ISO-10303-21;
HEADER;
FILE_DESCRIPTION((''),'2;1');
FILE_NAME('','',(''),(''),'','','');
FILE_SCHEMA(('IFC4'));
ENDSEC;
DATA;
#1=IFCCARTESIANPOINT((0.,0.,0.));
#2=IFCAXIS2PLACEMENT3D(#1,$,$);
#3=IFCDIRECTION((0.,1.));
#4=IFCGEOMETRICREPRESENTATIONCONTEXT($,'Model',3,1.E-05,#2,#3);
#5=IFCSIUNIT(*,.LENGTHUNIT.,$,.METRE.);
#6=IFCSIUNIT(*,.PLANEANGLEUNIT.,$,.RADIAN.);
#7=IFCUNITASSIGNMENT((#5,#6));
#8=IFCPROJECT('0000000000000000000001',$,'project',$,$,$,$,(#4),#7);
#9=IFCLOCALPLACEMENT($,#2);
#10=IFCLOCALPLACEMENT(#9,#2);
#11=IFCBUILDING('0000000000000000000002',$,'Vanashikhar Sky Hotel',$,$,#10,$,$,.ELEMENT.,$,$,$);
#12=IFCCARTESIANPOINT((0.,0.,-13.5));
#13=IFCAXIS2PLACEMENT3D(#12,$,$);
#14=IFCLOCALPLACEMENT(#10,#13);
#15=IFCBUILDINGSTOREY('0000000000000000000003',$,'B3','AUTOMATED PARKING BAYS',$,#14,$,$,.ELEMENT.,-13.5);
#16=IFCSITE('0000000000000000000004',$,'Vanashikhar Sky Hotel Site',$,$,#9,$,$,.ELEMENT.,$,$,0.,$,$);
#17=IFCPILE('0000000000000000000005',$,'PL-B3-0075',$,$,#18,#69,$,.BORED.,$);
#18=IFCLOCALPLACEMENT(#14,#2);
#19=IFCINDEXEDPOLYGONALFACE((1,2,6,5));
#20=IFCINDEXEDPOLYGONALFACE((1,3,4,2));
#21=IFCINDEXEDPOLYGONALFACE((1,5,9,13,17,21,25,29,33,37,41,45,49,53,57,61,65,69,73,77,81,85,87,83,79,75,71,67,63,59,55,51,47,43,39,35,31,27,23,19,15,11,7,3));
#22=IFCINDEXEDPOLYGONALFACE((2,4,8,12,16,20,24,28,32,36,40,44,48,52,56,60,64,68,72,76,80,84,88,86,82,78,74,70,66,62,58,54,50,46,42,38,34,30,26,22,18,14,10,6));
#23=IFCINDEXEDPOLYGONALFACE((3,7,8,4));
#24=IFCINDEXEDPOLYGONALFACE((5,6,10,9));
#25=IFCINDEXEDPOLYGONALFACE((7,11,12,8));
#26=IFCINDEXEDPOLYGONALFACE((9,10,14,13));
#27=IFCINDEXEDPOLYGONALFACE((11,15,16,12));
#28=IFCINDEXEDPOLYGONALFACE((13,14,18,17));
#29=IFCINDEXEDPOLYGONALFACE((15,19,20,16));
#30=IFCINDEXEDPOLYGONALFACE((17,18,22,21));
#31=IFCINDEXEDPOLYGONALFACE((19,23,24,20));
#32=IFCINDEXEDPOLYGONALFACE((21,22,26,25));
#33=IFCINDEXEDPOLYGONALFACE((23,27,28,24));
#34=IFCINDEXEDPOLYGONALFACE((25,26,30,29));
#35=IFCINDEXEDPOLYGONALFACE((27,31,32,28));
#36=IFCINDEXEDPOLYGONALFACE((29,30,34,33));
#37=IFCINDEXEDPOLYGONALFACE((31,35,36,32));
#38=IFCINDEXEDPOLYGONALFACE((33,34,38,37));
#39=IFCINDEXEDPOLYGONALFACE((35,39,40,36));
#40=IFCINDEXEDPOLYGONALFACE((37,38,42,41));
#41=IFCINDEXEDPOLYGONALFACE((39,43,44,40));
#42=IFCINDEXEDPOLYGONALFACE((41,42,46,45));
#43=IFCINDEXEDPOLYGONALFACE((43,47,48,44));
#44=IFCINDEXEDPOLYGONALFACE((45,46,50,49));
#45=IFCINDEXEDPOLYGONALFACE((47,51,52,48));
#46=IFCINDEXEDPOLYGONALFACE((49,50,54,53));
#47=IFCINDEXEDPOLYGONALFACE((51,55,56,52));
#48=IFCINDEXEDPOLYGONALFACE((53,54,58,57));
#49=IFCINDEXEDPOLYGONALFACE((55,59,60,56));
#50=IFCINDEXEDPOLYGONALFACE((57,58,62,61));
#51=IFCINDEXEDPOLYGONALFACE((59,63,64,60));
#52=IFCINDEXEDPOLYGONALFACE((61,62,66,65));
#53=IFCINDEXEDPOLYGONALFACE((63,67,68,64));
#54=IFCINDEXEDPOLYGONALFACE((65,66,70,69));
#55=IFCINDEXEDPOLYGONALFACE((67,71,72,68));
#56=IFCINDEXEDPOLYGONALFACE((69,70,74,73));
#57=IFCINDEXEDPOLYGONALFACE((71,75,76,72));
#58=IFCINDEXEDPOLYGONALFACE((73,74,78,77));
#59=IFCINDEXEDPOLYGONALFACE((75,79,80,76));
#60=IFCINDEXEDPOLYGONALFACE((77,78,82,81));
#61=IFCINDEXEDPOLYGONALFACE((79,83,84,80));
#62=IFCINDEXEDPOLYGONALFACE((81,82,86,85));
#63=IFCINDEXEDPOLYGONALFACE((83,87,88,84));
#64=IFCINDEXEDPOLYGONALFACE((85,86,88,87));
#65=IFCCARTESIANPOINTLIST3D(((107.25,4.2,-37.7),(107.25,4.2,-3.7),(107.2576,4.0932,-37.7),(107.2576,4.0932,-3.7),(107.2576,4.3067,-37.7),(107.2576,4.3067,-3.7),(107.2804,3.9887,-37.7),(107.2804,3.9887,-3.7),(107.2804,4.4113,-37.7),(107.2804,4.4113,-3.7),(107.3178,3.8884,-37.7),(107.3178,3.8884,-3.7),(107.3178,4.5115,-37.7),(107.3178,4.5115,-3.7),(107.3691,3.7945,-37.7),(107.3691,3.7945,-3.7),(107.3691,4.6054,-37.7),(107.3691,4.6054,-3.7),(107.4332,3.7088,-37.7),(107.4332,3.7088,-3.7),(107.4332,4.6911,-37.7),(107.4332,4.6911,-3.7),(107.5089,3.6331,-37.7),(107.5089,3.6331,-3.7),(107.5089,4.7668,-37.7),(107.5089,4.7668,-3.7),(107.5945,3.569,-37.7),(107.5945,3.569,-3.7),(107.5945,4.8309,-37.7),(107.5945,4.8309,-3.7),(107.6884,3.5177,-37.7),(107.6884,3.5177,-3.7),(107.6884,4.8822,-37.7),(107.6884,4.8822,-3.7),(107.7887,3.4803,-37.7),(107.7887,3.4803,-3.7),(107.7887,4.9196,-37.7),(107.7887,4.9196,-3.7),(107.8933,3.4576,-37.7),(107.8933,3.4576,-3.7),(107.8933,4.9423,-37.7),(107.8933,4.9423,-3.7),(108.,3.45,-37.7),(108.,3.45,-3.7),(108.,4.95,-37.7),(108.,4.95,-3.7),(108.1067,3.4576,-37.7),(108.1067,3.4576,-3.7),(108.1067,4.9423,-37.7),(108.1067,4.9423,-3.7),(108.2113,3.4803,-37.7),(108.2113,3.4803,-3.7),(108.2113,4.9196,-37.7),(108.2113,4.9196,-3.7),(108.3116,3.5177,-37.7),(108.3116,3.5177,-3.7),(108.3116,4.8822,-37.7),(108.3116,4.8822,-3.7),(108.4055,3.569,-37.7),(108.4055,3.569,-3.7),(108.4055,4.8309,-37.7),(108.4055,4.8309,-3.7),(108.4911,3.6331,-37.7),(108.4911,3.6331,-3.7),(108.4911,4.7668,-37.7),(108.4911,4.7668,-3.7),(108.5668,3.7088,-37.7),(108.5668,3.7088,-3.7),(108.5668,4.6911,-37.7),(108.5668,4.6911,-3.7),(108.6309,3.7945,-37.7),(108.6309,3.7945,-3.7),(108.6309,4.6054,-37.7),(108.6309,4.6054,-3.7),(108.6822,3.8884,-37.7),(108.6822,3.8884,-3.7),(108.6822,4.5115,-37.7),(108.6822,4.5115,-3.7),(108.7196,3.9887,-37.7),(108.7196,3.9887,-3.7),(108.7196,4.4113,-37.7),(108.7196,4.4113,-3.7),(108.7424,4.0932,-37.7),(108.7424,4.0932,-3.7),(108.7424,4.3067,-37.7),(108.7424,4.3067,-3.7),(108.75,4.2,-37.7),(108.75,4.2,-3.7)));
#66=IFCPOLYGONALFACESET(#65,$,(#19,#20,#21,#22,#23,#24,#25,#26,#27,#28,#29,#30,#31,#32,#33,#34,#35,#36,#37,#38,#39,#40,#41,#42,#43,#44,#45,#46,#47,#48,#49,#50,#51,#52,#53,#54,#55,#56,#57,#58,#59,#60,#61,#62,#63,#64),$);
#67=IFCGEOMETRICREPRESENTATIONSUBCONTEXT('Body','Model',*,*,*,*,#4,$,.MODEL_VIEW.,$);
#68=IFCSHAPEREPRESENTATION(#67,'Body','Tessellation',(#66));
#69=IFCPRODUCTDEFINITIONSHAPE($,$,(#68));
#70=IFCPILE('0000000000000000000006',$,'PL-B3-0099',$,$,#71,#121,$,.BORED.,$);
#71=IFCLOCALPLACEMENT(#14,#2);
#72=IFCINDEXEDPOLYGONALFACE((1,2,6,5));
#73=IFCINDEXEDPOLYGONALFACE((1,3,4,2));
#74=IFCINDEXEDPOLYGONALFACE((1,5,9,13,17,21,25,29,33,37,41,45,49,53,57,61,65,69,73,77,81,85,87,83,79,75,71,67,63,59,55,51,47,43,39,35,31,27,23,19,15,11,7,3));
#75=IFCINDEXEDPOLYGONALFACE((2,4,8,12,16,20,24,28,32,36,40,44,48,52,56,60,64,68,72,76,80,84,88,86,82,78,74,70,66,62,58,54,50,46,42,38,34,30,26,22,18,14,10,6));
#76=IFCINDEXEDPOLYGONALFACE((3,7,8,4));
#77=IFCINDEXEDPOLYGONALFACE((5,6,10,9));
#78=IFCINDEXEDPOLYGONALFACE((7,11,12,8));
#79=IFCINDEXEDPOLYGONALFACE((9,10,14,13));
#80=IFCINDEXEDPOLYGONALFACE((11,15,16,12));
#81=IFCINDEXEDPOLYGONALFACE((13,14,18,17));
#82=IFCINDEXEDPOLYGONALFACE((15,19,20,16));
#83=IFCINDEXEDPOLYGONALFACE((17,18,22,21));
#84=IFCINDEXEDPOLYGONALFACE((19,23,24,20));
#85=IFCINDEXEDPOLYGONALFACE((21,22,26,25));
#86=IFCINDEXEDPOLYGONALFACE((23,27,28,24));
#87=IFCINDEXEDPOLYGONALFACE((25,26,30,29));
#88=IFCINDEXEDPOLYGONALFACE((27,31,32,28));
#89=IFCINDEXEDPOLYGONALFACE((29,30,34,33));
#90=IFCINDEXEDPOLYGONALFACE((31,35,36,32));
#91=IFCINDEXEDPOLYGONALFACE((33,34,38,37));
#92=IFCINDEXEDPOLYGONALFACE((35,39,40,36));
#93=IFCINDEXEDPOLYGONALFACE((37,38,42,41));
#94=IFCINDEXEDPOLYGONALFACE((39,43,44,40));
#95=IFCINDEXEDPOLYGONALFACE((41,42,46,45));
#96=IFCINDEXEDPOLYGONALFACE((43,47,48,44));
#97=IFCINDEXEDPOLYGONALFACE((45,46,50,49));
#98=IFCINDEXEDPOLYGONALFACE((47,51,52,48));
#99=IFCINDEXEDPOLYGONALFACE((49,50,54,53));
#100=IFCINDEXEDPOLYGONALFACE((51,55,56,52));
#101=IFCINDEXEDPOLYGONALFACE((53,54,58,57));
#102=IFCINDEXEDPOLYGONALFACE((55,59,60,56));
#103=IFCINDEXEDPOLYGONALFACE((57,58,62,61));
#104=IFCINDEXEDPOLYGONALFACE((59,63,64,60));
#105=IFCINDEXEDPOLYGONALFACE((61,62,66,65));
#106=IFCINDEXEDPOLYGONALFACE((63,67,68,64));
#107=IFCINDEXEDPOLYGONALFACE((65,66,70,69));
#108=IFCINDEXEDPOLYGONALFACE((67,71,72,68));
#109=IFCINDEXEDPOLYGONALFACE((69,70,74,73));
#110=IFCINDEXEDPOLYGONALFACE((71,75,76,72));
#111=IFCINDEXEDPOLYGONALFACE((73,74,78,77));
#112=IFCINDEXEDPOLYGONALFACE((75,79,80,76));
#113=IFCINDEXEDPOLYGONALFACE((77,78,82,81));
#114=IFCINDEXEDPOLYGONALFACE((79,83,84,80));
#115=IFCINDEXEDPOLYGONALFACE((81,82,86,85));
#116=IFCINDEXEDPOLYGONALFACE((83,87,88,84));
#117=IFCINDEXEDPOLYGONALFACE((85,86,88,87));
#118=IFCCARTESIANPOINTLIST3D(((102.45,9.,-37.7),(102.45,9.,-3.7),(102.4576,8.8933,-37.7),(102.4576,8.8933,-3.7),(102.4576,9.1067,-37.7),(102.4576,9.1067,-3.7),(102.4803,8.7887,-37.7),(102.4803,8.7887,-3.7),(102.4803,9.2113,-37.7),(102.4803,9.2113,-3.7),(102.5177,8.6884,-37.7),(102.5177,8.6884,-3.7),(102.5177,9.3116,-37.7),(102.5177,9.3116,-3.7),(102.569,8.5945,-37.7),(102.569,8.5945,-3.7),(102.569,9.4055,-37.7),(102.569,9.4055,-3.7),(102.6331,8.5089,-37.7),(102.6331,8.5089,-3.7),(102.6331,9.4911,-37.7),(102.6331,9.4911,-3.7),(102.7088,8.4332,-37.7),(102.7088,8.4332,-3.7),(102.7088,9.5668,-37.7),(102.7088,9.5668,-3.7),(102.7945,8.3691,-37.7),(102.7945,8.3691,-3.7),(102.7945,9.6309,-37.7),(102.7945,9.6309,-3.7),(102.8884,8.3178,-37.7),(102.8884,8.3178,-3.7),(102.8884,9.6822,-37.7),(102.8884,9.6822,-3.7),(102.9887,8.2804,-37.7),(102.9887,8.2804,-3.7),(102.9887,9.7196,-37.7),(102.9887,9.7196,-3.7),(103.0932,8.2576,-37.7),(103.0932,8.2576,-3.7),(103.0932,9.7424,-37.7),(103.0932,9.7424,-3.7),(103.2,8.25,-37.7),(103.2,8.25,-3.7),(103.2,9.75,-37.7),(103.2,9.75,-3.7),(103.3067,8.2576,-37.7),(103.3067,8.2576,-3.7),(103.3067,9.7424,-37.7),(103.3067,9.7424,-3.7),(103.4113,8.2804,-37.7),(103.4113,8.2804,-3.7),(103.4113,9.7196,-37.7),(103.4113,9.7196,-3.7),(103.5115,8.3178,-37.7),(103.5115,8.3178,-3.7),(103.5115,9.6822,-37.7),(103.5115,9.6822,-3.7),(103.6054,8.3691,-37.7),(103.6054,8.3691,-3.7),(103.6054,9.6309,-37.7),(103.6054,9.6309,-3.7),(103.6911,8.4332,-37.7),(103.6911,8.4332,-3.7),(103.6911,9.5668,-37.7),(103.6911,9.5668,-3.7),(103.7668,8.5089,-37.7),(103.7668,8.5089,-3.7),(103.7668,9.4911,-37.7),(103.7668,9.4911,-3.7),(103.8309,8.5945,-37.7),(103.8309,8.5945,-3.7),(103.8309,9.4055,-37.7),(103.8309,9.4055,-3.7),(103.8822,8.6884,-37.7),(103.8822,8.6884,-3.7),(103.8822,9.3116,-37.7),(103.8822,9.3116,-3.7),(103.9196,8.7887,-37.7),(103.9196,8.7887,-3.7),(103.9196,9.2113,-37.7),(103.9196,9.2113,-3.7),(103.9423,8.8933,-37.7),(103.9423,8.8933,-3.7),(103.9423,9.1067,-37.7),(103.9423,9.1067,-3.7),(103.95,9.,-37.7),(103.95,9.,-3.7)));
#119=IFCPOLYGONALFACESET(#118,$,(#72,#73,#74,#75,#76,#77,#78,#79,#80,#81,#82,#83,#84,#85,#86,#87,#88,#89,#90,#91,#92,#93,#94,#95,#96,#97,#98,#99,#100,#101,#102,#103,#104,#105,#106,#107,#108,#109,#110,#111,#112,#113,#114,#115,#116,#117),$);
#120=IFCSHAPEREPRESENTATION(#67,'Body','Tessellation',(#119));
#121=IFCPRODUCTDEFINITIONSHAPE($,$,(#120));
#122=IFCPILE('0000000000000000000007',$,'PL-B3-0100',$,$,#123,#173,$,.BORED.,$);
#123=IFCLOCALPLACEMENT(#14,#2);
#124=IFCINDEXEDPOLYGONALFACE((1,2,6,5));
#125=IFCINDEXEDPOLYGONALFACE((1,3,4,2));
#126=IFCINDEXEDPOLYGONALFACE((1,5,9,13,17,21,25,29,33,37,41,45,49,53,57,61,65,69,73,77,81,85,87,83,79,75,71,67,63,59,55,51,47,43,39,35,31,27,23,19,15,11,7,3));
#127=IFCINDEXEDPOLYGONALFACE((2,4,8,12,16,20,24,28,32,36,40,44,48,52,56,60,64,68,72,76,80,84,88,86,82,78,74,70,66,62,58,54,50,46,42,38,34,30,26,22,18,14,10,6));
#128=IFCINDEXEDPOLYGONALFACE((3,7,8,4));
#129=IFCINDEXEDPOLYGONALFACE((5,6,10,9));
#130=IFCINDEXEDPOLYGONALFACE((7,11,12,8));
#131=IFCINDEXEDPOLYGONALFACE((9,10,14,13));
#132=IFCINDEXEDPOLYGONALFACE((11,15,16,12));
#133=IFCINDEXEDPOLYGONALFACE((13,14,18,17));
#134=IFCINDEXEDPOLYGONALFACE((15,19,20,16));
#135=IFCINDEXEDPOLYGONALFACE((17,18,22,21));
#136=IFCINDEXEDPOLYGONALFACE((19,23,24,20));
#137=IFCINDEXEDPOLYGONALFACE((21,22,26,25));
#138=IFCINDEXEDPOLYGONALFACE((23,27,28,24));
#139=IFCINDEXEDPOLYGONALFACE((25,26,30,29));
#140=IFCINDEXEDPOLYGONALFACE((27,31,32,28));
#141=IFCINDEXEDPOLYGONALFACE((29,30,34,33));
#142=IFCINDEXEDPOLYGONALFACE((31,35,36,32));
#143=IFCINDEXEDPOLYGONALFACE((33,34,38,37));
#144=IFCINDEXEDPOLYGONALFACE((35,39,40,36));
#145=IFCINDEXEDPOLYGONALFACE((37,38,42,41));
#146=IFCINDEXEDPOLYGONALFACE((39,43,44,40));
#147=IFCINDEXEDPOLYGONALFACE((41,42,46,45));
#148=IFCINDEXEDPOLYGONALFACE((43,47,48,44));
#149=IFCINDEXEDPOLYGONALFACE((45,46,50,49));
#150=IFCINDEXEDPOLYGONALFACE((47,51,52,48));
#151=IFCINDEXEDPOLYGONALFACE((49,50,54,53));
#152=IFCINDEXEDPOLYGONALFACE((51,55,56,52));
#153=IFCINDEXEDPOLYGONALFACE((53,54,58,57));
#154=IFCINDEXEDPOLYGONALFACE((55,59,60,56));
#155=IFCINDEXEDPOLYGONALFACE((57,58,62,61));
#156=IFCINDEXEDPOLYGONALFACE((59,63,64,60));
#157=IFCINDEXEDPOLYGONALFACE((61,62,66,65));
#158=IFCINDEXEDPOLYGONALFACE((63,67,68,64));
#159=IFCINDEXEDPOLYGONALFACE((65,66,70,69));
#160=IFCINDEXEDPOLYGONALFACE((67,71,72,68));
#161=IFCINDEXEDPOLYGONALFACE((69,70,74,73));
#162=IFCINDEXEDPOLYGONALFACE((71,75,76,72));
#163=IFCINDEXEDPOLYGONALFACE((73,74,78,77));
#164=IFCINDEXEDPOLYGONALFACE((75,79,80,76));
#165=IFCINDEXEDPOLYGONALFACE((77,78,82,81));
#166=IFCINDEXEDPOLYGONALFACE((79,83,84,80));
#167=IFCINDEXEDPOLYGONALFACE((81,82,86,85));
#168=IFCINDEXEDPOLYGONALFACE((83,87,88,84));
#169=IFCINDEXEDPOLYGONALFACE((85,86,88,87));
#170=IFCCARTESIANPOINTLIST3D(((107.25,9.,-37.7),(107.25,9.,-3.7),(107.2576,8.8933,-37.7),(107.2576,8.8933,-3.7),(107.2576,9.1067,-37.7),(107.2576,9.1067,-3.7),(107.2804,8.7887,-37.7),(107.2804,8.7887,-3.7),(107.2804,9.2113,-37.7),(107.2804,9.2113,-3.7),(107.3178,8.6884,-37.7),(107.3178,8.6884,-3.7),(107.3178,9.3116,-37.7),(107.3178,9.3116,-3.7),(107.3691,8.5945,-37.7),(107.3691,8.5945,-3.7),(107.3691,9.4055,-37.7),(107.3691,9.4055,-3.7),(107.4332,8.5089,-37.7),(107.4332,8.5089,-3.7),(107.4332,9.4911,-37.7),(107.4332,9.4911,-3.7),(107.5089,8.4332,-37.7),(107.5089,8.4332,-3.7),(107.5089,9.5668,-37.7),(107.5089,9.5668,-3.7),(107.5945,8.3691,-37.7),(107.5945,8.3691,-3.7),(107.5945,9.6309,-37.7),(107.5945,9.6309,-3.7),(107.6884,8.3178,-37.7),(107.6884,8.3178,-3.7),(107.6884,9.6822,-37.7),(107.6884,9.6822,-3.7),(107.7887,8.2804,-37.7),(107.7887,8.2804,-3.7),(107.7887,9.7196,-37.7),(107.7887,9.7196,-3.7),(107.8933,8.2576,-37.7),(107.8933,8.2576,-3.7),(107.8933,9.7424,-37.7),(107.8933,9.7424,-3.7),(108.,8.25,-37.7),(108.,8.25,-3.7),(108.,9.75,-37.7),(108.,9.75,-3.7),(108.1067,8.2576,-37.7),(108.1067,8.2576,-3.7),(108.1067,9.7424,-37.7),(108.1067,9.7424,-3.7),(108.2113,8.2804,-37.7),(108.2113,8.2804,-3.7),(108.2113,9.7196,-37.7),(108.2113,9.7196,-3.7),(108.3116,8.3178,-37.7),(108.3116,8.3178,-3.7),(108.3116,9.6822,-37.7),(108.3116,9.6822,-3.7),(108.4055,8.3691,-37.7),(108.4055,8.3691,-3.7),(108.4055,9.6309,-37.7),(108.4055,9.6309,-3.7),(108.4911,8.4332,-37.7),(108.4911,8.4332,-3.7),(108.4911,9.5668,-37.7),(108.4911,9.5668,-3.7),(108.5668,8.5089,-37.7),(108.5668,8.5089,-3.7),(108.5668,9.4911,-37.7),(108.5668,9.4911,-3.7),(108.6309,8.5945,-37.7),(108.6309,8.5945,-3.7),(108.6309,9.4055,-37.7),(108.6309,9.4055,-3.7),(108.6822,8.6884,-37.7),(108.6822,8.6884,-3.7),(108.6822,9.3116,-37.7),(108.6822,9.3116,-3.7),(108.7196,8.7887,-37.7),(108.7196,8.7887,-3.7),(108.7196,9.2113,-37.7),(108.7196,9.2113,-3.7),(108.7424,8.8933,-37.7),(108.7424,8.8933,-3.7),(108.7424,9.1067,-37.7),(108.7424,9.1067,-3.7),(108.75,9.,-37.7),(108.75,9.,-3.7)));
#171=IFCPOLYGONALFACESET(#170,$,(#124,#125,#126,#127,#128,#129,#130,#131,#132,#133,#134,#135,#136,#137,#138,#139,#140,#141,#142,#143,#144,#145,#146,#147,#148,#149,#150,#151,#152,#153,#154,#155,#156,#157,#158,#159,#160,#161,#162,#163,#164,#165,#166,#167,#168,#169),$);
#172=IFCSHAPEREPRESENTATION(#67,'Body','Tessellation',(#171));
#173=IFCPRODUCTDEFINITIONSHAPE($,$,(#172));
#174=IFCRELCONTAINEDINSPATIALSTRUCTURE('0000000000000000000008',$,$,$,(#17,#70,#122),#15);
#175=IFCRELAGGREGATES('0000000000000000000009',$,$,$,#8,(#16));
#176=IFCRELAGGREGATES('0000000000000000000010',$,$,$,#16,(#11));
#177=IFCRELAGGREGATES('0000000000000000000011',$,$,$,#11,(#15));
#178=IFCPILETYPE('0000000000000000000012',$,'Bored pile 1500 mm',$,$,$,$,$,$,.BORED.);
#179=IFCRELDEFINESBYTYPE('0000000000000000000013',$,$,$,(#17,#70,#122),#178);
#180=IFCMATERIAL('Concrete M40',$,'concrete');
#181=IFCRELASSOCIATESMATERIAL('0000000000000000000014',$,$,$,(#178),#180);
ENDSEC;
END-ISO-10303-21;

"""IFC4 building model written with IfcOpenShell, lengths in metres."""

from ifc_helpers import new_model, si_unit, direction, frame, origin, origin_2d, place, context, subcontext, project, spatial, circle, extrude, source, transform, mapped, material, type_object, element, save


model = new_model("IFC4")

# Units and contexts
model_context = context("Model", 3, precision=1e-05, world=origin(), true_north=direction((0.0, 1.0)))
body_context = subcontext(model_context, "Body", "Model", "MODEL_VIEW")
ifc_project = project(units=[si_unit("LENGTHUNIT", "METRE"), si_unit("PLANEANGLEUNIT", "RADIAN")], contexts=[model_context])

# Site, building, storey
site_placement = place(None, origin())
site = spatial("IfcSite", under=ifc_project, at=site_placement, Name="Vanashikhar Sky Hotel Site", CompositionType="ELEMENT", RefElevation=0.0)
building_placement = place(site_placement, origin())
building = spatial("IfcBuilding", under=site, at=building_placement, Name="Vanashikhar Sky Hotel", CompositionType="ELEMENT")
storey_placement = place(building_placement, frame((0.0, 0.0, -13.5)))
storey = spatial("IfcBuildingStorey", under=building, at=storey_placement, Name="B3", Description="AUTOMATED PARKING BAYS", CompositionType="ELEMENT", Elevation=-13.5)

# Piles
ifc_material_1 = material(Name="Concrete M40", Category="concrete")
pile_type_1 = type_object("IfcPileType", Name="Bored pile 1500 mm", PredefinedType="BORED", material=ifc_material_1)
shared_shape_1 = source(origin(), body_context, "Body", "SweptSolid", [
    extrude(circle(Radius=0.75, at=origin_2d()), origin(), (0.0, 0.0, 1.0), 34.0),
])
for number, where, z_axis, x_axis, name in (
    (1, (108.0, 4.2, -3.7), (0.0, 0.0, -1.0), (1.0, 0.0, 0.0), "PL-B3-0075"),
    (2, (103.2, 9.0, -3.7), (0.0, 0.0, -1.0), (1.0, 0.0, 0.0), "PL-B3-0099"),
    (3, (108.0, 9.0, -3.7), (0.0, 0.0, -1.0), (1.0, 0.0, 0.0), "PL-B3-0100"),
):
    element("IfcPile", number, at=place(storey_placement, frame(where, z_axis=z_axis, x_axis=x_axis)), inside=storey, type_object=pile_type_1, Name=name, PredefinedType="BORED", context=body_context, shape_type="MappedRepresentation", body=[
        mapped(shared_shape_1, transform((0.0, 0.0, 0.0), scale=1.0)),
    ])

save(model, "model.ifc")
